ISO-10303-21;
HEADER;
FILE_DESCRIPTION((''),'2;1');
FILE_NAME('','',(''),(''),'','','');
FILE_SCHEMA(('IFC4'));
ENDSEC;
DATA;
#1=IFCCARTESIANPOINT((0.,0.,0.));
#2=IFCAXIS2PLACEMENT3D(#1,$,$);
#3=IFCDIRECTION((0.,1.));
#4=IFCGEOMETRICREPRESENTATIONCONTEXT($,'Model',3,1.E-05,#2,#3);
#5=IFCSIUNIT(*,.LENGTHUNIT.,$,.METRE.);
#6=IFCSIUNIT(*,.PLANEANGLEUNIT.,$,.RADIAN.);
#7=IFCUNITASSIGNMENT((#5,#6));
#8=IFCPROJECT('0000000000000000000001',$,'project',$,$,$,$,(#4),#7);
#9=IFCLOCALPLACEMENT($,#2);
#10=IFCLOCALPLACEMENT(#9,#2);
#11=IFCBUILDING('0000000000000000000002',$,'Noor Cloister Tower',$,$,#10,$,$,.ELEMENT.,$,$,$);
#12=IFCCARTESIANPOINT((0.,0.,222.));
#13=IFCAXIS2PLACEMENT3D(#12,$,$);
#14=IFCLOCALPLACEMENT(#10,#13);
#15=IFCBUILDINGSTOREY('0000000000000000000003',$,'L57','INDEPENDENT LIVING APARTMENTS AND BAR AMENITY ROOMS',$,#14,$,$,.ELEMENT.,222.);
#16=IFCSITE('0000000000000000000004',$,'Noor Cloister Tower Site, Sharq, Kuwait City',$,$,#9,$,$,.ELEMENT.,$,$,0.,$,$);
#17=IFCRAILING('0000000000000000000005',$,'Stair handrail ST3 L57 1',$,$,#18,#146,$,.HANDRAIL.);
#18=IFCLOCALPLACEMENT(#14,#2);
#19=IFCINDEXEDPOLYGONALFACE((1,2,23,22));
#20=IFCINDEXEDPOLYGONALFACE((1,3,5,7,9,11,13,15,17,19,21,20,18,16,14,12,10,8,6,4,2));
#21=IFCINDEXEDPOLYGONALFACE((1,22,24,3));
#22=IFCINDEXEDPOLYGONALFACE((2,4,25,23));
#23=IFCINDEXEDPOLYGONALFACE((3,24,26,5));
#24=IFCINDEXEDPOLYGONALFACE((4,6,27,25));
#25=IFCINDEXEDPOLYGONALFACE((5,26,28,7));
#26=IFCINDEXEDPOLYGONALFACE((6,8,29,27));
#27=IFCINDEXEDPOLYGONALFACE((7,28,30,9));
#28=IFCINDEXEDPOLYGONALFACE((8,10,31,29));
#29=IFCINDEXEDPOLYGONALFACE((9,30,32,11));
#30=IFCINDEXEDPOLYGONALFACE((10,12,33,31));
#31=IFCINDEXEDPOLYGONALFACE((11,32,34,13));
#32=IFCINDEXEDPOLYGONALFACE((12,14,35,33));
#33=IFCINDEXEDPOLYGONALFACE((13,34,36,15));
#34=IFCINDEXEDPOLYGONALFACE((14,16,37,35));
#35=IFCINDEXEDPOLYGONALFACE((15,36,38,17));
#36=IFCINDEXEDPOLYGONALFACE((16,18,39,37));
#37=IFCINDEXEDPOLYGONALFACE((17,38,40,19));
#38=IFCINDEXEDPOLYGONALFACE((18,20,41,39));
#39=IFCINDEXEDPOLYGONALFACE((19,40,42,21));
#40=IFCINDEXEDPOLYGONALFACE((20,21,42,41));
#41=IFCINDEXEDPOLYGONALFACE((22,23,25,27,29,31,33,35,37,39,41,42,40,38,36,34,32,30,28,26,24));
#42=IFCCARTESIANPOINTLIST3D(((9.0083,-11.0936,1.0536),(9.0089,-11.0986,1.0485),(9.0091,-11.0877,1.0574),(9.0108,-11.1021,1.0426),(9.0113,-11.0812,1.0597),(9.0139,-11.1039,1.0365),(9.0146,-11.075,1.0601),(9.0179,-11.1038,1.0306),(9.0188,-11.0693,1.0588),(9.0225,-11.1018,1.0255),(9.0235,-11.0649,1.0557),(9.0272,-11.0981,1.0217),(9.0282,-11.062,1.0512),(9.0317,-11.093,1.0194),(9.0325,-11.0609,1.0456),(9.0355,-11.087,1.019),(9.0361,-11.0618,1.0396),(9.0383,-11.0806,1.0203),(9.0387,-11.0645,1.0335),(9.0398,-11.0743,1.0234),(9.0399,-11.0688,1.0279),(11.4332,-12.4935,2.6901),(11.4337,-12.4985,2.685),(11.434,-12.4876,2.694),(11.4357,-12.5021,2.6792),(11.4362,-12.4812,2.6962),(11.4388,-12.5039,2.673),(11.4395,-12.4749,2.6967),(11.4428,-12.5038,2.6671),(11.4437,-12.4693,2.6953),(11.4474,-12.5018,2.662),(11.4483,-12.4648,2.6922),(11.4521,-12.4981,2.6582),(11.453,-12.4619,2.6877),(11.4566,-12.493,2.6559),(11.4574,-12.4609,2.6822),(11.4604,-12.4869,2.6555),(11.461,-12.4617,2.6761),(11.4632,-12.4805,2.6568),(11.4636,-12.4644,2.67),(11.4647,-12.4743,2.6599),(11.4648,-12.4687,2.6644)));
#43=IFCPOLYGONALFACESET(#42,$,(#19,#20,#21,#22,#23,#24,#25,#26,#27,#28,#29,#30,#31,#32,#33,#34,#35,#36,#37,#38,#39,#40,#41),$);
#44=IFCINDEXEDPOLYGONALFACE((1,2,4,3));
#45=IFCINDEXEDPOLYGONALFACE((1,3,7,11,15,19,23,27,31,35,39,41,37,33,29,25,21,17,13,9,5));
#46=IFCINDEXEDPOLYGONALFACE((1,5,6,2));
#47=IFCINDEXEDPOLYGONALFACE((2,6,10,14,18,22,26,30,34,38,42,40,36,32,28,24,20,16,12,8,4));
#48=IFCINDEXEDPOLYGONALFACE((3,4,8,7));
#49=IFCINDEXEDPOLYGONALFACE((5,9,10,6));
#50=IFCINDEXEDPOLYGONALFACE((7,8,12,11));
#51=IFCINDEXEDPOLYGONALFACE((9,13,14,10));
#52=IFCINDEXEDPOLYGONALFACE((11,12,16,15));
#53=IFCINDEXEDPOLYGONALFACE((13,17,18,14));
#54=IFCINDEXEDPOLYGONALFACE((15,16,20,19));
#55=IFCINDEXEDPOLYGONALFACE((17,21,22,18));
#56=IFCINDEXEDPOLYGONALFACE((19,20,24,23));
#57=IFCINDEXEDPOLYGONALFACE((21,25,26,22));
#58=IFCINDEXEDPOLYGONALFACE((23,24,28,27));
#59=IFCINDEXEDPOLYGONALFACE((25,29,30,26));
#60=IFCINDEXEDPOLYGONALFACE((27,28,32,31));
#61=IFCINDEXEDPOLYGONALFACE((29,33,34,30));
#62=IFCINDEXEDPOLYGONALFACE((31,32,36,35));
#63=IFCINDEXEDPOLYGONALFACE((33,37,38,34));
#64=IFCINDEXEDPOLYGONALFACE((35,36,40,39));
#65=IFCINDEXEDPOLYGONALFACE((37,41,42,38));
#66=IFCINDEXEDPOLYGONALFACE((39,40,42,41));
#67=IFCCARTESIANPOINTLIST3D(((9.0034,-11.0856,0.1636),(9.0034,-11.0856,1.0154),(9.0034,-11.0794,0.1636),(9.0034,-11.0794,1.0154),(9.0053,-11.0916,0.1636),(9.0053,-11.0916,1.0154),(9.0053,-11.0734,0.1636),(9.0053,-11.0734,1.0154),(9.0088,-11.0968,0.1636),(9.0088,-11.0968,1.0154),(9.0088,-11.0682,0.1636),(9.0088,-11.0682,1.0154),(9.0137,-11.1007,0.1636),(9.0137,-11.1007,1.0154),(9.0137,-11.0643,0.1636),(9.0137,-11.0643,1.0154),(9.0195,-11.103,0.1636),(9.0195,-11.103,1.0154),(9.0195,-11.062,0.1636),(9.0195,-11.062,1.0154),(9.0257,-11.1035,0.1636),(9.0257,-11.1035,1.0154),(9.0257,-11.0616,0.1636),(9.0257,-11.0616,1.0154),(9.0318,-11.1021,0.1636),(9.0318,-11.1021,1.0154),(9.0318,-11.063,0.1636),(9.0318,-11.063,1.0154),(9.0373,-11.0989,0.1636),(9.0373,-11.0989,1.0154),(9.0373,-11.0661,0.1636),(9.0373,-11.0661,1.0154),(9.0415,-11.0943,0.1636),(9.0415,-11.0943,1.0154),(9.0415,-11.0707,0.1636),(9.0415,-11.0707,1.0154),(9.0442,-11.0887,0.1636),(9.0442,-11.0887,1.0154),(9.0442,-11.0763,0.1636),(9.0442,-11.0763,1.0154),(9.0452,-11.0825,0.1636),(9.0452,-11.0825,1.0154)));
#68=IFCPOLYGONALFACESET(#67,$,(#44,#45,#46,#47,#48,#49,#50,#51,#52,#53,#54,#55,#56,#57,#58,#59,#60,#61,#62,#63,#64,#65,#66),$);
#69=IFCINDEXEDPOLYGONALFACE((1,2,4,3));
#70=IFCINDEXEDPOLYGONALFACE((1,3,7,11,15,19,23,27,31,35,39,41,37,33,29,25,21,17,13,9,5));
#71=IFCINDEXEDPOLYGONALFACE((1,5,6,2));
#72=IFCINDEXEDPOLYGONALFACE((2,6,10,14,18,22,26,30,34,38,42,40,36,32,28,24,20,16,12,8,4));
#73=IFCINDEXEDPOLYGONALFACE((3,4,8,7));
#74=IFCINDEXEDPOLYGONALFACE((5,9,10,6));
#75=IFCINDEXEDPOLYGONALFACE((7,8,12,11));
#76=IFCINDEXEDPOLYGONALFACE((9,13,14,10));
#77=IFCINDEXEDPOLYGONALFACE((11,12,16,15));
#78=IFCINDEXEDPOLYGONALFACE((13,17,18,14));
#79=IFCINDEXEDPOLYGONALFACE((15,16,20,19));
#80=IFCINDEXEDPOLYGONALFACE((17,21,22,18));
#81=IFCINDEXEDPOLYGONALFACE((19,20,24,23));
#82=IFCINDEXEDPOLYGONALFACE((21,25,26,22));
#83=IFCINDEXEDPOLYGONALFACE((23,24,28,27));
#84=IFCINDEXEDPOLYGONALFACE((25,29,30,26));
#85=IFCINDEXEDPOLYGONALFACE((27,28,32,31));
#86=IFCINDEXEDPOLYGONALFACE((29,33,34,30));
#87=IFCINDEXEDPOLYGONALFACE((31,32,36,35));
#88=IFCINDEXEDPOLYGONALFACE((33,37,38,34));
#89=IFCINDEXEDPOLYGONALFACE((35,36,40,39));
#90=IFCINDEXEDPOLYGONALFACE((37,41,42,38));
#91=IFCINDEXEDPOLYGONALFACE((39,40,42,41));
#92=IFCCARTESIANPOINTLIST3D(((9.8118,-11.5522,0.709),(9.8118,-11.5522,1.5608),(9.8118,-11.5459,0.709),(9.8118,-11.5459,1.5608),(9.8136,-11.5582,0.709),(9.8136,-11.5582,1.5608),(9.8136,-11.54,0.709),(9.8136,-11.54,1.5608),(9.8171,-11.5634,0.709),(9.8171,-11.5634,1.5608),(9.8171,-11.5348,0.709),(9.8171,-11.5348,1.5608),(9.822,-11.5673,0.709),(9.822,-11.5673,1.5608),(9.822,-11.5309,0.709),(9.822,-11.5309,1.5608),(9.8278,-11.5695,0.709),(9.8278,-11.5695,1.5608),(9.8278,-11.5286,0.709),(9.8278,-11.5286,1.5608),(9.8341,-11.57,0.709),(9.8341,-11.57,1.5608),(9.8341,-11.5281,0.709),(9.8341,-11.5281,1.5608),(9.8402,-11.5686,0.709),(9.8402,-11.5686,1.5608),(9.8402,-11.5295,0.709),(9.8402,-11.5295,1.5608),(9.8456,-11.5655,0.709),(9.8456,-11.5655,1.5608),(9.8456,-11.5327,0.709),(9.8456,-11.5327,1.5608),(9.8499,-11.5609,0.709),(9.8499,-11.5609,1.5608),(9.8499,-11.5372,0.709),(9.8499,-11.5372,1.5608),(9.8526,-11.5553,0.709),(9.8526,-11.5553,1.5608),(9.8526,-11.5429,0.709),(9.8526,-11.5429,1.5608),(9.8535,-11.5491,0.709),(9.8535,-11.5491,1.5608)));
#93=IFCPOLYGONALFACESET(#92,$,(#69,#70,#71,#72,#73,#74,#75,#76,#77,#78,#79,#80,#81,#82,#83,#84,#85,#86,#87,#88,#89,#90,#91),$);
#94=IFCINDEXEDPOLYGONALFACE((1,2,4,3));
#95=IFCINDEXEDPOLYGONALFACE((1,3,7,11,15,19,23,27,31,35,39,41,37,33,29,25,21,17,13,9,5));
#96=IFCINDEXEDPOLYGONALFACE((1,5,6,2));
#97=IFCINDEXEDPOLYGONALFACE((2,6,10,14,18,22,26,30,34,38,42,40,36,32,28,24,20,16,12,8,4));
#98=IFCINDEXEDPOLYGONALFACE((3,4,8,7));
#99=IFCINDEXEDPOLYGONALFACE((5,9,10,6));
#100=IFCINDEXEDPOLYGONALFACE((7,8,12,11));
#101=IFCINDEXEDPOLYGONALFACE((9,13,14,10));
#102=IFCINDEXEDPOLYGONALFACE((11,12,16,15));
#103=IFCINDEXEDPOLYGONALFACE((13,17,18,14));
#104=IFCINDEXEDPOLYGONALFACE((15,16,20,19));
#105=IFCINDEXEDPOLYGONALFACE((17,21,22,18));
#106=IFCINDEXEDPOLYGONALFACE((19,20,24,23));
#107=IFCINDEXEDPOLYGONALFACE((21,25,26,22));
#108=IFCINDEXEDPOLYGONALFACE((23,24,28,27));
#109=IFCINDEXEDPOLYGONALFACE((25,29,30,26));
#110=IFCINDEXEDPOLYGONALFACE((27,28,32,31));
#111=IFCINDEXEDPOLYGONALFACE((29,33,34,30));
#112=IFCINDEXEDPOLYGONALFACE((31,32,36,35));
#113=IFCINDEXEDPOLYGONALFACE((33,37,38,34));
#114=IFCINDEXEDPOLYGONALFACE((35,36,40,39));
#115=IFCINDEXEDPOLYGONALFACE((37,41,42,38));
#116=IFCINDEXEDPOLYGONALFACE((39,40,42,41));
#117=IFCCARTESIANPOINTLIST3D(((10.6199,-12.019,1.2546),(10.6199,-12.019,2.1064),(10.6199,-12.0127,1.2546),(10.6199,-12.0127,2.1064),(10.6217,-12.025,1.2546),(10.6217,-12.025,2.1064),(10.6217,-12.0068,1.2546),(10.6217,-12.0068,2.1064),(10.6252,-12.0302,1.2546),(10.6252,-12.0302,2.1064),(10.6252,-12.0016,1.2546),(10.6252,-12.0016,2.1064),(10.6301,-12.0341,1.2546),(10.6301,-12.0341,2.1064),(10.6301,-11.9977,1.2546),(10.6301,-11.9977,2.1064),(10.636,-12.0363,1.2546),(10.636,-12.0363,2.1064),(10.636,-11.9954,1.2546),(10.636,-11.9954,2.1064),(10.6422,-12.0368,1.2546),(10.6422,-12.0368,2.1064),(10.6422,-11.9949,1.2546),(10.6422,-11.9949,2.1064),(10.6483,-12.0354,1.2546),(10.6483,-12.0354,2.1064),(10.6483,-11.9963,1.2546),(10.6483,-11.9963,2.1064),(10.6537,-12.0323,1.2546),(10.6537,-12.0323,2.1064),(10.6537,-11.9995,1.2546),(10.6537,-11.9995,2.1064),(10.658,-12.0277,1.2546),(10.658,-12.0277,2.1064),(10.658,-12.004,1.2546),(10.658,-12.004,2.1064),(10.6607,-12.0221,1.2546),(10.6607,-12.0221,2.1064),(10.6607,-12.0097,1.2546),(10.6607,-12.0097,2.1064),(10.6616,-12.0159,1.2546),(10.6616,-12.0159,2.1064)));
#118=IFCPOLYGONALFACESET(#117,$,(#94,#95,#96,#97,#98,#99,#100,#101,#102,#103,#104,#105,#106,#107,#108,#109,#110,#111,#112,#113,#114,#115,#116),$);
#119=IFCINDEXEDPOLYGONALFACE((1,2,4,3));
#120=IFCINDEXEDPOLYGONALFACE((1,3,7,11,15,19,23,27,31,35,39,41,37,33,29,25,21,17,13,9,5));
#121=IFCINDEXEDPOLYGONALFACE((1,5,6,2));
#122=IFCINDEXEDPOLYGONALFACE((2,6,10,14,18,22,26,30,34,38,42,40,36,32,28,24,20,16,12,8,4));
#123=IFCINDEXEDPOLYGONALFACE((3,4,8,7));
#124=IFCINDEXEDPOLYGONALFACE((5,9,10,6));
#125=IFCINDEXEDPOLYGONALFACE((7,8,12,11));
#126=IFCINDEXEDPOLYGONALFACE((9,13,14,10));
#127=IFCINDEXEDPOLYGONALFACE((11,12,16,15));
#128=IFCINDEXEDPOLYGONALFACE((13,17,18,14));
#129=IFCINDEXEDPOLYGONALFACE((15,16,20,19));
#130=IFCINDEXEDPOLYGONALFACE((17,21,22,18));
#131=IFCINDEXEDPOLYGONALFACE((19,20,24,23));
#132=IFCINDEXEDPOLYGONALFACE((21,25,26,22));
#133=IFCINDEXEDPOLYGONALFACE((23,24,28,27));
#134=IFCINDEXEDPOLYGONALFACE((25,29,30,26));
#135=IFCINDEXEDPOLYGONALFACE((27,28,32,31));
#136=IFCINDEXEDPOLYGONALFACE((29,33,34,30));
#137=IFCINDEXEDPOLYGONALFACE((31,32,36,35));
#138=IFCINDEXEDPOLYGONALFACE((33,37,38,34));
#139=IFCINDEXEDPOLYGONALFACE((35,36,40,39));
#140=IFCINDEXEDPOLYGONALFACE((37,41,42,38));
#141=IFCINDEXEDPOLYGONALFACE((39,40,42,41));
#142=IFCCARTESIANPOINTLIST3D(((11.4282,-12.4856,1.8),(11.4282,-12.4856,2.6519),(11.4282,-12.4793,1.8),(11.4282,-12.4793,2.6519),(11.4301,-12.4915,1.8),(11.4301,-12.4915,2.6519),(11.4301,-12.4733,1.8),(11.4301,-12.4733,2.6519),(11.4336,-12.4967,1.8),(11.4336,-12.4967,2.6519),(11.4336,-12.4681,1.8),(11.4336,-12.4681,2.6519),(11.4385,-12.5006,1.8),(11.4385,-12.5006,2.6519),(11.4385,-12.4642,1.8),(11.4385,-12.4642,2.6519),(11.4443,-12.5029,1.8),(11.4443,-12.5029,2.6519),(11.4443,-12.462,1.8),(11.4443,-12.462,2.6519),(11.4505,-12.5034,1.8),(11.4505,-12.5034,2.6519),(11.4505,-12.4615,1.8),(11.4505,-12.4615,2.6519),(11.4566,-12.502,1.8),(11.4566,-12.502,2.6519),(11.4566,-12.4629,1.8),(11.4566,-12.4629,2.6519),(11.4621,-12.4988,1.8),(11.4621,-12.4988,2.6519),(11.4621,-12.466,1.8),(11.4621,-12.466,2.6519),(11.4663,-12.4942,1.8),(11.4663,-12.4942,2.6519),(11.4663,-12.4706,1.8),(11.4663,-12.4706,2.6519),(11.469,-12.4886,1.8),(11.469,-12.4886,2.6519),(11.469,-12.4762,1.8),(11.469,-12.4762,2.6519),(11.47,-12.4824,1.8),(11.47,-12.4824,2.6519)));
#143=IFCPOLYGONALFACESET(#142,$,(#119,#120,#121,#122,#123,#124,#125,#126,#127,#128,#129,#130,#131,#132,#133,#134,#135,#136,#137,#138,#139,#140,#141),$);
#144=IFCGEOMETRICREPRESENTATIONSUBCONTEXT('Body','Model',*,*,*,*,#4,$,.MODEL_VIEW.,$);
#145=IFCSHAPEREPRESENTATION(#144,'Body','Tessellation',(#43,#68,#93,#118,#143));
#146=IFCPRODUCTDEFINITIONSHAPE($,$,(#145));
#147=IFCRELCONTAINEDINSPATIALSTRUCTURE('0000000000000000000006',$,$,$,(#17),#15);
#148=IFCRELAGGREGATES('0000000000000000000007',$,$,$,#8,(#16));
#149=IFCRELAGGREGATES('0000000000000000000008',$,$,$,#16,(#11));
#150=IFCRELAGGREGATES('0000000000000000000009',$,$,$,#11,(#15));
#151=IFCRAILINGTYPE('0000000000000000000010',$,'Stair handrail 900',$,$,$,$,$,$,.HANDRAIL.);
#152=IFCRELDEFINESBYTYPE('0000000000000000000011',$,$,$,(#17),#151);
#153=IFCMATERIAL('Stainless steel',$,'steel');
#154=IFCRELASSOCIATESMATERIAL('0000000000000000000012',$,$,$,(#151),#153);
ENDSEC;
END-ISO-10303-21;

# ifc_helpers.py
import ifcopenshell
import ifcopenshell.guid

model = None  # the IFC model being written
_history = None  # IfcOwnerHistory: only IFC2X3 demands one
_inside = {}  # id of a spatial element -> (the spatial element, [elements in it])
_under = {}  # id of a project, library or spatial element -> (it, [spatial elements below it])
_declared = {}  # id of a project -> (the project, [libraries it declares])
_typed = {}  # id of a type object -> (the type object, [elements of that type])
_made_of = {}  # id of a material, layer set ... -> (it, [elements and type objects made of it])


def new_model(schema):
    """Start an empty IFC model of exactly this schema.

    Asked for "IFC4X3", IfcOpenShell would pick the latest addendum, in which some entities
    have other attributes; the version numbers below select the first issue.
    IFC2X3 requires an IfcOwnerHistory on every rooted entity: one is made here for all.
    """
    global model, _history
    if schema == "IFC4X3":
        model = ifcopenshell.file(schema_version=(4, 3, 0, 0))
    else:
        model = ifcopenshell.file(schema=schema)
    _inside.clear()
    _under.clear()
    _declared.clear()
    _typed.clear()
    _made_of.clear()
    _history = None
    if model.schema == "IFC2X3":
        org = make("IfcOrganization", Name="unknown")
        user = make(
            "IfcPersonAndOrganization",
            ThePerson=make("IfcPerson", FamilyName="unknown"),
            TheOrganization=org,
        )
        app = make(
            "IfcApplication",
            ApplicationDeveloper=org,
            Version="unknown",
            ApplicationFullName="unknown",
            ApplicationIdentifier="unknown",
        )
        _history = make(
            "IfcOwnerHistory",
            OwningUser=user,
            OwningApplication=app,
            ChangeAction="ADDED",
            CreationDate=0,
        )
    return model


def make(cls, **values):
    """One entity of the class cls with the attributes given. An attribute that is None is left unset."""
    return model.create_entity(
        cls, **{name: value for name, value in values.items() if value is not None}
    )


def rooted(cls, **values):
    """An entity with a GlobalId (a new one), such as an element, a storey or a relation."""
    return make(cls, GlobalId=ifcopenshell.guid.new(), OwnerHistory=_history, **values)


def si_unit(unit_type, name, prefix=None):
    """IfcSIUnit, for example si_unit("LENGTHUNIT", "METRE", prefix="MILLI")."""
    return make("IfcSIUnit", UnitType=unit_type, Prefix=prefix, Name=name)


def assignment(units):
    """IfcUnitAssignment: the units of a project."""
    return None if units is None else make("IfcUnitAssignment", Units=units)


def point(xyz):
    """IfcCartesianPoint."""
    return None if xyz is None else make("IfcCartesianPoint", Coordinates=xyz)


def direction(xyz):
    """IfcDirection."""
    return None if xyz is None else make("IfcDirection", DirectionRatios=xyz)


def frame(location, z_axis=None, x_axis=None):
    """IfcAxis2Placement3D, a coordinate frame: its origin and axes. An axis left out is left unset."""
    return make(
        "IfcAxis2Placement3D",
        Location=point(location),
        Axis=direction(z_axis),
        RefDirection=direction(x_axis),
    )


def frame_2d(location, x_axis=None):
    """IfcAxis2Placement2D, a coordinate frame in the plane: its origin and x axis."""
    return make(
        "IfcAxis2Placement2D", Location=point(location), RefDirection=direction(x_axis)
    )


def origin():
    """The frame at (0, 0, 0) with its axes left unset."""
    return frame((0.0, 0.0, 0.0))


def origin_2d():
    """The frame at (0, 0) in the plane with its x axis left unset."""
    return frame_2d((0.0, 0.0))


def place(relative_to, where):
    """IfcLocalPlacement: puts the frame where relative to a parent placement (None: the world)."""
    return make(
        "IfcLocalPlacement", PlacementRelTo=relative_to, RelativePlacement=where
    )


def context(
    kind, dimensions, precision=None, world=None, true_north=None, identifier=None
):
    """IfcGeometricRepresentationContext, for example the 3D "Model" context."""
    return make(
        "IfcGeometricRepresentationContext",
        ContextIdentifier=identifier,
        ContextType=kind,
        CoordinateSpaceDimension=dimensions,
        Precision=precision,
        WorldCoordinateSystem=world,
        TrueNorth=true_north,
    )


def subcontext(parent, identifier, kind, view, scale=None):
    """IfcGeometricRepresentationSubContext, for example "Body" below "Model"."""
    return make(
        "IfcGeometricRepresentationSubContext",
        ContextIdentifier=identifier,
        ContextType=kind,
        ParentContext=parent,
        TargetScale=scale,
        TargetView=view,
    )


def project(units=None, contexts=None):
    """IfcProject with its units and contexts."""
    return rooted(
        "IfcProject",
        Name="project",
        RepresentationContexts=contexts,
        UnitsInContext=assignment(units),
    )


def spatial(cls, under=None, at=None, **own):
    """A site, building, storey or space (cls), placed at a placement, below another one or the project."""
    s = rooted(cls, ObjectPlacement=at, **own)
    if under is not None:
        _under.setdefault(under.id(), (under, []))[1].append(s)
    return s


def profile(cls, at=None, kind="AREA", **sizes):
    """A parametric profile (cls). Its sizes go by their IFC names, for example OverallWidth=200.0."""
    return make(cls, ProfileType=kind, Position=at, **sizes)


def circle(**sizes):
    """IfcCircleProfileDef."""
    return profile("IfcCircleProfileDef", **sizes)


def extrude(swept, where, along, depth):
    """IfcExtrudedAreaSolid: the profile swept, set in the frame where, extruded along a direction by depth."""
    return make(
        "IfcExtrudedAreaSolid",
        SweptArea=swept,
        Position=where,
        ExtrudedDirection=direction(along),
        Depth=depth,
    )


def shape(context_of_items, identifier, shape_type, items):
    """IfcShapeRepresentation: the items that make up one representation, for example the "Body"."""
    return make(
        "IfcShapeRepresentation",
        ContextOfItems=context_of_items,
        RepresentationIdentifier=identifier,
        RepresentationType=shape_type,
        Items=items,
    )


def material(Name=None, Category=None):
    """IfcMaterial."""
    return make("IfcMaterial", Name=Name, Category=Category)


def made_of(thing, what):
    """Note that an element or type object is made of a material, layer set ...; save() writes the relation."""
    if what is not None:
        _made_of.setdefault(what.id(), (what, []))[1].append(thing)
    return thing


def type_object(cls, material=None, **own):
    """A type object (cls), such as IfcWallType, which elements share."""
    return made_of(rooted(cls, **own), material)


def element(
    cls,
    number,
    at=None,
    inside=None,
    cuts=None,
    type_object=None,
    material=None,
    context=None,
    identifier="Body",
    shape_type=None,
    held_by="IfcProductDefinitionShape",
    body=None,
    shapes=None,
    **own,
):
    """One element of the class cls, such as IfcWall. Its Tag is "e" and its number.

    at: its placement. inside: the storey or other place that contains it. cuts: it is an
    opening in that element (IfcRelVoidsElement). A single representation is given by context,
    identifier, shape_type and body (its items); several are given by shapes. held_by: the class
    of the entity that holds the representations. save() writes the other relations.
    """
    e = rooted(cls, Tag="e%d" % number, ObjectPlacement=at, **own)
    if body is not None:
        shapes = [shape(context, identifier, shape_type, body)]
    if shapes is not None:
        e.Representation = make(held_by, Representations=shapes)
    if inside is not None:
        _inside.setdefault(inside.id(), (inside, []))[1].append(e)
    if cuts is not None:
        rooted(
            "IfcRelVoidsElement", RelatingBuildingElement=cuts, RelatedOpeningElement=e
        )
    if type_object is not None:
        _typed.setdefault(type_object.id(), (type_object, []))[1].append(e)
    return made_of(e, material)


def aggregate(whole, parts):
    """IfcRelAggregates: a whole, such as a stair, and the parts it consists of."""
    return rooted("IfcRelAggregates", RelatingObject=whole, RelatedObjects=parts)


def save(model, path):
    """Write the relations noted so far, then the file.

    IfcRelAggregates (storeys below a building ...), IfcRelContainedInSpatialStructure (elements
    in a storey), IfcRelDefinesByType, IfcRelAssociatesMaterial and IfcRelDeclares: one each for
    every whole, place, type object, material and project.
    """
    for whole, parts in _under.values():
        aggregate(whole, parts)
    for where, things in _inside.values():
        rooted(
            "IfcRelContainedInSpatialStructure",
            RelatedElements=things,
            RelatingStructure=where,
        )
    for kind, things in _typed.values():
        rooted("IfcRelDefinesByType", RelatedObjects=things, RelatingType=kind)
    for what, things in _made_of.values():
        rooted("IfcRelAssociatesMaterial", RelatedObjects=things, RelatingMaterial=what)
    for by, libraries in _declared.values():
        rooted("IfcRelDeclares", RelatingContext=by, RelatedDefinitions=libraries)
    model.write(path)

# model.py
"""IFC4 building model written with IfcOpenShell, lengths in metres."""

from ifc_helpers import new_model, si_unit, direction, frame, origin, origin_2d, place, context, subcontext, project, spatial, circle, extrude, material, type_object, element, save


model = new_model("IFC4")

# Units and contexts
model_context = context("Model", 3, precision=1e-05, world=origin(), true_north=direction((0.0, 1.0)))
body_context = subcontext(model_context, "Body", "Model", "MODEL_VIEW")
ifc_project = project(units=[si_unit("LENGTHUNIT", "METRE"), si_unit("PLANEANGLEUNIT", "RADIAN")], contexts=[model_context])

# Site, building, storey
site_placement = place(None, origin())
site = spatial("IfcSite", under=ifc_project, at=site_placement, Name="Noor Cloister Tower Site, Sharq, Kuwait City", CompositionType="ELEMENT", RefElevation=0.0)
building_placement = place(site_placement, origin())
building = spatial("IfcBuilding", under=site, at=building_placement, Name="Noor Cloister Tower", CompositionType="ELEMENT")
storey_placement = place(building_placement, frame((0.0, 0.0, 222.0)))
storey = spatial("IfcBuildingStorey", under=building, at=storey_placement, Name="L57", Description="INDEPENDENT LIVING APARTMENTS AND BAR AMENITY ROOMS", CompositionType="ELEMENT", Elevation=222.0)

# Railing
ifc_material_1 = material(Name="Stainless steel", Category="steel")
railing_type_1 = type_object("IfcRailingType", Name="Stair handrail 900", PredefinedType="HANDRAIL", material=ifc_material_1)
railing_1_placement = place(storey_placement, frame((9.0242, -11.0825, 0.1636)))
element("IfcRailing", 1, at=railing_1_placement, inside=storey, type_object=railing_type_1, Name="Stair handrail ST3 L57 1", PredefinedType="HANDRAIL", context=body_context, shape_type="SweptSolid", body=[
    extrude(circle(Radius=0.0239, at=origin_2d()), frame((0.0, 0.0, 0.876), z_axis=(0.74769, -0.431661, 0.504608), x_axis=(0.499984, 0.866035, 0.0)), (0.0, 0.0, 1.0), 3.2432),
    extrude(circle(Radius=0.021, at=origin_2d()), origin(), (0.0, 0.0, 1.0), 0.8518),
    extrude(circle(Radius=0.021, at=origin_2d()), frame((0.8083, -0.4666, 0.5454)), (0.0, 0.0, 1.0), 0.8518),
    extrude(circle(Radius=0.021, at=origin_2d()), frame((1.6165, -0.9333, 1.0911)), (0.0, 0.0, 1.0), 0.8518),
    extrude(circle(Radius=0.021, at=origin_2d()), frame((2.4248, -1.3999, 1.6365)), (0.0, 0.0, 1.0), 0.8518),
])

save(model, "model.ifc")
